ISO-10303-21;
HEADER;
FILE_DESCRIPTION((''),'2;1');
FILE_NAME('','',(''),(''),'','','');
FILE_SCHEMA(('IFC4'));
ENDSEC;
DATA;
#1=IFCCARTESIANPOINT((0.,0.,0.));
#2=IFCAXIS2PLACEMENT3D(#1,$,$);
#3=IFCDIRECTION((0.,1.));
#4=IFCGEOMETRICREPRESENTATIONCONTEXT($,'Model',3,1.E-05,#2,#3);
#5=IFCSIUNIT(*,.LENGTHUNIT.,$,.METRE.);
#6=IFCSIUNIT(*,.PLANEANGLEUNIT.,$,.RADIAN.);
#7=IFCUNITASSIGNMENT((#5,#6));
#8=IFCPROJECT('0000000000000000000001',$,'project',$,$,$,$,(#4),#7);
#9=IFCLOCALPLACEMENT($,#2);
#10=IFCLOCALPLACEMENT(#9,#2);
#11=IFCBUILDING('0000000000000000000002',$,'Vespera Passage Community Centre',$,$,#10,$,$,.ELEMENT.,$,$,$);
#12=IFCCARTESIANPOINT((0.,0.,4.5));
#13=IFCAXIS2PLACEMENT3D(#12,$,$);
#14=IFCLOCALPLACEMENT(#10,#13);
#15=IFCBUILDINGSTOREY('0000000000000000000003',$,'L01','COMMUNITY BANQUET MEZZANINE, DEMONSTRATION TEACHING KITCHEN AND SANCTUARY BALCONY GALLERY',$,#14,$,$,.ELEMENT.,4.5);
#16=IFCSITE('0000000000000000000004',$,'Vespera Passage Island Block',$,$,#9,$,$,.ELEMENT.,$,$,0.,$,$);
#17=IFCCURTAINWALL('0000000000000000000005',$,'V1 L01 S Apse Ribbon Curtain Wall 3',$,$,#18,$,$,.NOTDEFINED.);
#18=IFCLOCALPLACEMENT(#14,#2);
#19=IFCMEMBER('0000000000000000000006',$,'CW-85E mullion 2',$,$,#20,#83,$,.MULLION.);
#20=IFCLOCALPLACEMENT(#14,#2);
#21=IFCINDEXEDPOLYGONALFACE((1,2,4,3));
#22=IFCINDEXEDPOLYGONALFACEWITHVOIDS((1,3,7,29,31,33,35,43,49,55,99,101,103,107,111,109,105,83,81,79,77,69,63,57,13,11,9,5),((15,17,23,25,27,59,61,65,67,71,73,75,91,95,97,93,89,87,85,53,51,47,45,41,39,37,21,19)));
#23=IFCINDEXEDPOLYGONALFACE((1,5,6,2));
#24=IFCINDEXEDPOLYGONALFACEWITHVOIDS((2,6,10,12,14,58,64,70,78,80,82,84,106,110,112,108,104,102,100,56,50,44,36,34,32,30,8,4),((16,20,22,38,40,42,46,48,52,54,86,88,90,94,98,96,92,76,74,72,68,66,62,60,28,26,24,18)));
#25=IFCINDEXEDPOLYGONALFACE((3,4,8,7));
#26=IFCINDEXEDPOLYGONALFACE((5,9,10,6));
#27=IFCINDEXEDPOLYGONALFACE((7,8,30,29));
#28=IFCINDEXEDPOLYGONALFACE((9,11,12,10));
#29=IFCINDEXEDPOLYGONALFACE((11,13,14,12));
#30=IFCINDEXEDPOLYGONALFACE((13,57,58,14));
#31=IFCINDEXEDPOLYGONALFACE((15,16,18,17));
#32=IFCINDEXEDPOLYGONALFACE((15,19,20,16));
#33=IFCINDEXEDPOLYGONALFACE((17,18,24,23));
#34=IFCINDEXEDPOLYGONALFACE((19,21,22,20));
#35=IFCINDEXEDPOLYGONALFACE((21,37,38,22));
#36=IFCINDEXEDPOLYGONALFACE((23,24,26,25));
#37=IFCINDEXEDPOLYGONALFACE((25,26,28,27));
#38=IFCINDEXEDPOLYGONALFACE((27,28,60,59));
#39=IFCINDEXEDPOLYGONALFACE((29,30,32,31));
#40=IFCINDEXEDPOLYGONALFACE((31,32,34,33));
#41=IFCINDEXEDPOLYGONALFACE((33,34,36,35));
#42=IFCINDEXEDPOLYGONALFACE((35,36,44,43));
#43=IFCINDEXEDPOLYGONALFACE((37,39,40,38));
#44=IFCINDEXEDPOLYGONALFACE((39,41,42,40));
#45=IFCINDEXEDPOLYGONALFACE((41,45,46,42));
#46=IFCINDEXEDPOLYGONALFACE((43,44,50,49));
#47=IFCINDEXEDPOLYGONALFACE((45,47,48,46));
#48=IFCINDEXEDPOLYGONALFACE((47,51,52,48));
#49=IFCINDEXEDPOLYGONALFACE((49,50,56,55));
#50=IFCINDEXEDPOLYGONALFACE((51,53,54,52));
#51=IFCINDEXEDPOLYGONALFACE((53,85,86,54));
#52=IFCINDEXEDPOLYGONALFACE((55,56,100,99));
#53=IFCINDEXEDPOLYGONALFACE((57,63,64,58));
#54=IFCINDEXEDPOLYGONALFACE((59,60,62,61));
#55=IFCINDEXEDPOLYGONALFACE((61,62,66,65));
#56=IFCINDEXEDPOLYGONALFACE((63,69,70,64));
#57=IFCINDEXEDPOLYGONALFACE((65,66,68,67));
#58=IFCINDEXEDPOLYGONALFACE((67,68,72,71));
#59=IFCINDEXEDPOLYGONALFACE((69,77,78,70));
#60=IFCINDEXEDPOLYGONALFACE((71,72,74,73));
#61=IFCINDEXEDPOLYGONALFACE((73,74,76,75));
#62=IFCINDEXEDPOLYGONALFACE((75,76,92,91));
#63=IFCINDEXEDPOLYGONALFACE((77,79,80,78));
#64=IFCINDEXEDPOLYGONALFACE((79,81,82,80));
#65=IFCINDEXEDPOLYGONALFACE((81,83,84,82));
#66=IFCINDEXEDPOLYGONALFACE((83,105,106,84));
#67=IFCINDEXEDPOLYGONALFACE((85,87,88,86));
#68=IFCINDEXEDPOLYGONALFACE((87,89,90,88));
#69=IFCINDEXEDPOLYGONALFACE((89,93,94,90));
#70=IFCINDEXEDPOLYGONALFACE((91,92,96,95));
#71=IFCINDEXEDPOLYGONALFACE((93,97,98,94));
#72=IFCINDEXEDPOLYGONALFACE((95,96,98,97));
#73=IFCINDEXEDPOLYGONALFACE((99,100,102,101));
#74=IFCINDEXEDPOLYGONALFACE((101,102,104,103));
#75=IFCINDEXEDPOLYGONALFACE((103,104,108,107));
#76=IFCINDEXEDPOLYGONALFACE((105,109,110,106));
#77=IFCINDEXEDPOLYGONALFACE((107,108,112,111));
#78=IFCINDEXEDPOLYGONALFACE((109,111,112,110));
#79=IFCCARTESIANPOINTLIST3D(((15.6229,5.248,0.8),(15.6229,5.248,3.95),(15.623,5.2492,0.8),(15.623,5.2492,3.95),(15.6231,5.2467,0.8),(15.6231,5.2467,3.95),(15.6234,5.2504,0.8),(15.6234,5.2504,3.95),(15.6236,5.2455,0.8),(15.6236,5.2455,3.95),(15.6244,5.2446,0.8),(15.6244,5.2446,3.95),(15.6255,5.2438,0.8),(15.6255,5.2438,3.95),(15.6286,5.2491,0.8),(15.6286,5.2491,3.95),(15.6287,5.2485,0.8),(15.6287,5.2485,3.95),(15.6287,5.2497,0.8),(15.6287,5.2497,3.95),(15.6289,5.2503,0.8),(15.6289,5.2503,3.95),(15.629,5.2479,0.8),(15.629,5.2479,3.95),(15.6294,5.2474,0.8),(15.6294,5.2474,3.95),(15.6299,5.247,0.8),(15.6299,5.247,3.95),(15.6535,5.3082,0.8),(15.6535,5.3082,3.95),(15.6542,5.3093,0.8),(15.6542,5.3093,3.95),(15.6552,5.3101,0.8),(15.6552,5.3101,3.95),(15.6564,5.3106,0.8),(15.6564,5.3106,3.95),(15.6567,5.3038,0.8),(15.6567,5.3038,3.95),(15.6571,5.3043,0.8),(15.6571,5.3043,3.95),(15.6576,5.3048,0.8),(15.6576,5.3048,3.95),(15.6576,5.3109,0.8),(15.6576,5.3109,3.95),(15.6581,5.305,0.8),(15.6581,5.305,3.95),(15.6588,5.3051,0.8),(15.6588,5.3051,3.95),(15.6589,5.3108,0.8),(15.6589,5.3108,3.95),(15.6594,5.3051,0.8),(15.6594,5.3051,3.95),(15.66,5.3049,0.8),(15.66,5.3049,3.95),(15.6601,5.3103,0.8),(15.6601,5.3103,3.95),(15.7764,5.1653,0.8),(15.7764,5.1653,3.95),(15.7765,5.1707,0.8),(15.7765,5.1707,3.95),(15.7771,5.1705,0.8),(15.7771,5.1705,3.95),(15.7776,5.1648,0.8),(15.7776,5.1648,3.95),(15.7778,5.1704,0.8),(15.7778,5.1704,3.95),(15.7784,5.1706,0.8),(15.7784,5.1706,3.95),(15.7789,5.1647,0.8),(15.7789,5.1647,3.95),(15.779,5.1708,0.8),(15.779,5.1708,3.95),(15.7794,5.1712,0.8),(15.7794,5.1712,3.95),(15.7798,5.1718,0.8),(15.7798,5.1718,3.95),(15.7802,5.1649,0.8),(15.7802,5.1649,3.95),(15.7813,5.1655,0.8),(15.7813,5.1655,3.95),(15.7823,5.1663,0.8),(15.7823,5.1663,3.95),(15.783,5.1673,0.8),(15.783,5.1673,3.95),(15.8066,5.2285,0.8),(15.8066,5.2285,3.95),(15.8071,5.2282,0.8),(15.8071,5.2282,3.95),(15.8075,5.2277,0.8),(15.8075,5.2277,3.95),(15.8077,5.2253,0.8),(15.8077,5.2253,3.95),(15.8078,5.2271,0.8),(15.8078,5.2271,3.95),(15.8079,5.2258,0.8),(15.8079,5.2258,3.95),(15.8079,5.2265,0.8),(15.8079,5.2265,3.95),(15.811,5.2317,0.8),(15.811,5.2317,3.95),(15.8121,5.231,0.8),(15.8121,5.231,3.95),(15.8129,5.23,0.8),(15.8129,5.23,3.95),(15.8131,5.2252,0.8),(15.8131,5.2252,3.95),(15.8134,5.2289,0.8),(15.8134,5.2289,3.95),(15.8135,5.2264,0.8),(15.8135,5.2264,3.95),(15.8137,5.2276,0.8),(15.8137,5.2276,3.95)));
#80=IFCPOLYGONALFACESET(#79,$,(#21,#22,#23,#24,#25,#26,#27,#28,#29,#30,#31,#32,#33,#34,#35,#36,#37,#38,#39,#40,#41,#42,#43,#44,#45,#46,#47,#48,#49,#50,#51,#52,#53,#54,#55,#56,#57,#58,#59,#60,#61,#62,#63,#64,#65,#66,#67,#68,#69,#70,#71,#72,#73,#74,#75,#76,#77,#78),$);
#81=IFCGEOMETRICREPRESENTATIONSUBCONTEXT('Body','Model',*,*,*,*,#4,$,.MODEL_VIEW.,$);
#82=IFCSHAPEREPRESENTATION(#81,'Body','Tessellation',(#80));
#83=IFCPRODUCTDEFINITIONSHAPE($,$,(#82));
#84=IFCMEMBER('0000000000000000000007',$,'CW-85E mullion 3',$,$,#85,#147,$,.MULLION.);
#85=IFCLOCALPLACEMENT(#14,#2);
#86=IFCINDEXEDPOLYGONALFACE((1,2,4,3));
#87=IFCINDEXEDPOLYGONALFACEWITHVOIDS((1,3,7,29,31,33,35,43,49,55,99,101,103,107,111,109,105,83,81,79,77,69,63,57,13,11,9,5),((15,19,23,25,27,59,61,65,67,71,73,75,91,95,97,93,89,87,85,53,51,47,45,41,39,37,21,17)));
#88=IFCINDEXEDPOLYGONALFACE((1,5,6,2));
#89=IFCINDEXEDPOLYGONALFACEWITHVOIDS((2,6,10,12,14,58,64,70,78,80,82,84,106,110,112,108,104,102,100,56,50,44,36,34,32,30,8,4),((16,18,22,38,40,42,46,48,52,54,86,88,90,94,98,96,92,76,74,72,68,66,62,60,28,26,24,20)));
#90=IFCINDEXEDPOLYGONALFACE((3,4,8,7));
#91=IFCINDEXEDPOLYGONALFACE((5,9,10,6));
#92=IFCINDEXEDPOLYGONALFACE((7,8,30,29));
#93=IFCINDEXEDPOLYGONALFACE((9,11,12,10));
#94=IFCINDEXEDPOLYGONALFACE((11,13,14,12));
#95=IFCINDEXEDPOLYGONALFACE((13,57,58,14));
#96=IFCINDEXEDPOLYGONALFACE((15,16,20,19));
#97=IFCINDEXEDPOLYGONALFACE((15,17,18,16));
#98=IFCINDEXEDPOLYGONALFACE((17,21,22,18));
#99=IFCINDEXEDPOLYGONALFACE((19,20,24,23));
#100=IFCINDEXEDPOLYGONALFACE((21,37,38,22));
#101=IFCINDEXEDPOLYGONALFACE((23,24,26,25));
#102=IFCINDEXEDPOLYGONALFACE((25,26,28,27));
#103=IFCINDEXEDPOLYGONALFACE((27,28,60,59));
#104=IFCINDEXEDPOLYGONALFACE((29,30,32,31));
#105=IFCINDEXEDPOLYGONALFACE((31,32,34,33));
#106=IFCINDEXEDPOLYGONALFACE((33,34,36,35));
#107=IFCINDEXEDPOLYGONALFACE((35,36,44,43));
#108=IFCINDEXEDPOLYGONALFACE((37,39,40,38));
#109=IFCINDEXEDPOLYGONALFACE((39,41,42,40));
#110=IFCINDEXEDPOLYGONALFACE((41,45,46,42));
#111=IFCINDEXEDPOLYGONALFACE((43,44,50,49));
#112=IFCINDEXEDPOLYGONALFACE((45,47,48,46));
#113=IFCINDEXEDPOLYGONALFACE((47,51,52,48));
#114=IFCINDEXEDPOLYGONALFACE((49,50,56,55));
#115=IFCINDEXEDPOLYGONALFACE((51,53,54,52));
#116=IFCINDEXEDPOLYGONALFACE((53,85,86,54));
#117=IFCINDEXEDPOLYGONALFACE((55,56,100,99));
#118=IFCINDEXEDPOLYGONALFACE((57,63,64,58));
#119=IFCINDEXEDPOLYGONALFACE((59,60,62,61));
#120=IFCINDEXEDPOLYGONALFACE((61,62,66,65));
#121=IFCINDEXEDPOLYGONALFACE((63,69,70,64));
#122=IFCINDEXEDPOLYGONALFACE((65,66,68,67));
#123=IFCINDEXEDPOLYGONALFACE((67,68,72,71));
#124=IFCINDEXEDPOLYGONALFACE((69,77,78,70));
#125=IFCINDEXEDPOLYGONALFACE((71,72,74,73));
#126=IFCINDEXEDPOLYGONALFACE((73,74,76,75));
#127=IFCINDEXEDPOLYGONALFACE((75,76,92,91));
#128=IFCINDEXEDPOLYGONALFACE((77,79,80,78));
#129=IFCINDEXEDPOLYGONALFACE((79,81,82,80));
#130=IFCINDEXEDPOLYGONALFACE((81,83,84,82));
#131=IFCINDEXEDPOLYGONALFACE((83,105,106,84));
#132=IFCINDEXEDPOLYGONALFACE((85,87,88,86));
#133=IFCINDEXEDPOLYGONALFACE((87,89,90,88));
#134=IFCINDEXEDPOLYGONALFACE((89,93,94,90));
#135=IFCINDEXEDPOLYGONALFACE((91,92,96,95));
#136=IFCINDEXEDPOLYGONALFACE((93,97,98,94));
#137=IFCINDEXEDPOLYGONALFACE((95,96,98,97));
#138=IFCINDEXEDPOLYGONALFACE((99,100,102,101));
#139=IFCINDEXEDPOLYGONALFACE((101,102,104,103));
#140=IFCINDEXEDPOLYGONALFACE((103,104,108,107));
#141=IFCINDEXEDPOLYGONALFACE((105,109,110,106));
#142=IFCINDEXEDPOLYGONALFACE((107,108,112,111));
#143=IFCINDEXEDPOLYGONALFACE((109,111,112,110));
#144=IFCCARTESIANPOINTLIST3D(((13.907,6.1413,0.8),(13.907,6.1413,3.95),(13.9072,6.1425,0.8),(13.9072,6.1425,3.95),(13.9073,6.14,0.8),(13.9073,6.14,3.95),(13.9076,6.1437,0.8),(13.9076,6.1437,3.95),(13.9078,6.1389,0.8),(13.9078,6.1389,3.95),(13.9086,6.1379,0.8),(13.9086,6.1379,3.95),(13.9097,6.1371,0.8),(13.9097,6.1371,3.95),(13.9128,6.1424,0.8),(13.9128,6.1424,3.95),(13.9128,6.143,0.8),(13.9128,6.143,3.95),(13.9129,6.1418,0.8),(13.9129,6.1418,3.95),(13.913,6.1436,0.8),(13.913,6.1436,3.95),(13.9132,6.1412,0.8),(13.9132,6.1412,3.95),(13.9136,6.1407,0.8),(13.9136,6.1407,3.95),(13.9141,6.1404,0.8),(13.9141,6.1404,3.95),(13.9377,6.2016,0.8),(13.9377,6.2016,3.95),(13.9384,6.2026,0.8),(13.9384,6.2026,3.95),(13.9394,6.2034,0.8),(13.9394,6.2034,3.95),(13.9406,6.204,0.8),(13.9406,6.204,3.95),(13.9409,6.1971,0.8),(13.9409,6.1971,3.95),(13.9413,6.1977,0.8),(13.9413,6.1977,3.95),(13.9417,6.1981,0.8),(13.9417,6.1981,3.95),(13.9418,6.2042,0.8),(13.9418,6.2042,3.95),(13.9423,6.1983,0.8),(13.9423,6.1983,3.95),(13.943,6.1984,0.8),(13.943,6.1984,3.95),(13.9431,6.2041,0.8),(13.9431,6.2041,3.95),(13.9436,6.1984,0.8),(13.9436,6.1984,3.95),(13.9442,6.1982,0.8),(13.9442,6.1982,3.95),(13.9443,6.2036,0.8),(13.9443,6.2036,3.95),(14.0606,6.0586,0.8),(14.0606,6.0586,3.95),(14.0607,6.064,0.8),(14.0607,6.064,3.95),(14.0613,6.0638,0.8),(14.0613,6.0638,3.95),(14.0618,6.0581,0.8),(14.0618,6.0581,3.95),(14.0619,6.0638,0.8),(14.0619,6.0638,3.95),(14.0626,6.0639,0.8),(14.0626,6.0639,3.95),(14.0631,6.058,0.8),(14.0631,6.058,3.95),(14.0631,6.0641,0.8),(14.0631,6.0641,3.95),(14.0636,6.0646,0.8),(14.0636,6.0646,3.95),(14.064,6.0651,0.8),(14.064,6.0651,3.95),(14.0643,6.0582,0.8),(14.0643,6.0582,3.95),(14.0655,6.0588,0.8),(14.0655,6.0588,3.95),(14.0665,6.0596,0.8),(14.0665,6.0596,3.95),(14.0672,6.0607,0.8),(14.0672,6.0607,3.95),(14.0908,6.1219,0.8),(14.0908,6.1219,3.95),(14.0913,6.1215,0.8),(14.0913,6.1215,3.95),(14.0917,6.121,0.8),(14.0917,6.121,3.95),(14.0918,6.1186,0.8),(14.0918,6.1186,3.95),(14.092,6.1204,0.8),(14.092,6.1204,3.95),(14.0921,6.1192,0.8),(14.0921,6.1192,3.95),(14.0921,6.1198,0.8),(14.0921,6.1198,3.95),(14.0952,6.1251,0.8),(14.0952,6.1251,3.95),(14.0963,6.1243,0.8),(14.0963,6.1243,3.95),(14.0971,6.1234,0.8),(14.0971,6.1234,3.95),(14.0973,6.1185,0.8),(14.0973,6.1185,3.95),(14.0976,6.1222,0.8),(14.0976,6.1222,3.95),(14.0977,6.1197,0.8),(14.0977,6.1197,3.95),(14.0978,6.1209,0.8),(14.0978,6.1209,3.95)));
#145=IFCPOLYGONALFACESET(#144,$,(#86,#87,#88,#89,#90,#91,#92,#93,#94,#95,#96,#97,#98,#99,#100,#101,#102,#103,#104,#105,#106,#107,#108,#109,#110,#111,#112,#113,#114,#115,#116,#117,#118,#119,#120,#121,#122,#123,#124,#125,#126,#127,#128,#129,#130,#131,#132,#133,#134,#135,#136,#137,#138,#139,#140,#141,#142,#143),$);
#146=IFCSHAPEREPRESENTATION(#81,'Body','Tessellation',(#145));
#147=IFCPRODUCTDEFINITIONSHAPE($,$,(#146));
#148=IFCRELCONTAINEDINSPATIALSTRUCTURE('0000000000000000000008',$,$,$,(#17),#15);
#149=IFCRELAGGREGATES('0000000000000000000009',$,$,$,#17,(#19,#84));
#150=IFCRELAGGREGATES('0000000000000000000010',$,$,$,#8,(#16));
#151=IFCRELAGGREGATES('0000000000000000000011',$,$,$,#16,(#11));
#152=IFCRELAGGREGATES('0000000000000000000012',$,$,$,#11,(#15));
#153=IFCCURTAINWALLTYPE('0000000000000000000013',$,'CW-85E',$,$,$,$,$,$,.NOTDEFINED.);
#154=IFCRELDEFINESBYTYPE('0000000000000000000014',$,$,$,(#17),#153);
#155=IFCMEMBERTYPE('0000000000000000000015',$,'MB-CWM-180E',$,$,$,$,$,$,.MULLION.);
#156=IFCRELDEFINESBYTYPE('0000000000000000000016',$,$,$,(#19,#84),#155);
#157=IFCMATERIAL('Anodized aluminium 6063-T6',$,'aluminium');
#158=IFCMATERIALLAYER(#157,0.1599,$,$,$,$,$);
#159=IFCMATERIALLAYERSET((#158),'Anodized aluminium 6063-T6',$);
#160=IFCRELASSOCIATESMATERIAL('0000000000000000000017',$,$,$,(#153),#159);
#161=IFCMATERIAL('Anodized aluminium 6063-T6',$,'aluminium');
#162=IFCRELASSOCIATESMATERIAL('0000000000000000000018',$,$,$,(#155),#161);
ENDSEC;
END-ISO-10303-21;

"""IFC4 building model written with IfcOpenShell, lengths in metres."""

from ifc_helpers import new_model, si_unit, direction, frame, origin, origin_2d, place, context, subcontext, project, spatial, hollow_rectangle, extrude, material, layer, layer_set, material_profile, profile_set, type_object, element, aggregate, save


model = new_model("IFC4")

# Units and contexts
model_context = context("Model", 3, precision=1e-05, world=origin(), true_north=direction((0.0, 1.0)))
body_context = subcontext(model_context, "Body", "Model", "MODEL_VIEW")
ifc_project = project(units=[si_unit("LENGTHUNIT", "METRE"), si_unit("PLANEANGLEUNIT", "RADIAN")], contexts=[model_context])

# Site, building, storey
site_placement = place(None, origin())
site = spatial("IfcSite", under=ifc_project, at=site_placement, Name="Vespera Passage Island Block", CompositionType="ELEMENT", RefElevation=0.0)
building_placement = place(site_placement, origin())
building = spatial("IfcBuilding", under=site, at=building_placement, Name="Vespera Passage Community Centre", CompositionType="ELEMENT")
storey_placement = place(building_placement, frame((0.0, 0.0, 4.5)))
storey = spatial("IfcBuildingStorey", under=building, at=storey_placement, Name="L01", Description="COMMUNITY BANQUET MEZZANINE, DEMONSTRATION TEACHING KITCHEN AND SANCTUARY BALCONY GALLERY", CompositionType="ELEMENT", Elevation=4.5)

# Shared definitions
ifc_material_1 = material(Name="Anodized aluminium 6063-T6", Category="aluminium")
ifc_layer_1 = layer(ifc_material_1, 0.1599)
ifc_layer_set_1 = layer_set([ifc_layer_1], Name="Anodized aluminium 6063-T6")
curtain_wall_type = type_object("IfcCurtainWallType", Name="CW-85E", PredefinedType="NOTDEFINED", material=ifc_layer_set_1)
ifc_material_2 = material(Name="Anodized aluminium 6063-T6", Category="aluminium")
ifc_material_profile_1 = material_profile(ifc_material_2, hollow_rectangle(XDim=0.075, YDim=0.1799, WallThickness=0.0049, InnerFilletRadius=0.0024, OuterFilletRadius=0.0049, at=origin_2d()), Name="ALU180X75X5")
ifc_profile_set_1 = profile_set([ifc_material_profile_1], Name="Anodized aluminium 6063-T6")
member_type_1 = type_object("IfcMemberType", Name="MB-CWM-180E", PredefinedType="MULLION", material=ifc_profile_set_1)

# Curtain wall, members
curtain_wall_1_placement = place(storey_placement, origin())
curtain_wall_1 = element("IfcCurtainWall", 1, at=curtain_wall_1_placement, inside=storey, type_object=curtain_wall_type, Name="V1 L01 S Apse Ribbon Curtain Wall 3", PredefinedType="NOTDEFINED")
member_1_placement = place(storey_placement, frame((15.7183, 5.2378, 0.8), z_axis=(0.0, 0.0, 1.0), x_axis=(-0.461745, -0.887013, 0.0)))
member_1 = element("IfcMember", 2, at=member_1_placement, type_object=member_type_1, Name="CW-85E mullion 2", PredefinedType="MULLION", context=body_context, shape_type="SweptSolid", body=[
    extrude(hollow_rectangle(XDim=0.075, YDim=0.1799, WallThickness=0.0049, InnerFilletRadius=0.0024, OuterFilletRadius=0.0049, at=origin_2d()), origin(), (0.0, 0.0, 1.0), 3.1499),
])
member_2_placement = place(storey_placement, frame((14.0024, 6.1311, 0.8), z_axis=(0.0, 0.0, 1.0), x_axis=(-0.461745, -0.887013, 0.0)))
member_2 = element("IfcMember", 3, at=member_2_placement, type_object=member_type_1, Name="CW-85E mullion 3", PredefinedType="MULLION", context=body_context, shape_type="SweptSolid", body=[
    extrude(hollow_rectangle(XDim=0.075, YDim=0.1799, WallThickness=0.0049, InnerFilletRadius=0.0024, OuterFilletRadius=0.0049, at=origin_2d()), origin(), (0.0, 0.0, 1.0), 3.1499),
])

aggregate(curtain_wall_1, [member_1, member_2])

save(model, "model.ifc")
